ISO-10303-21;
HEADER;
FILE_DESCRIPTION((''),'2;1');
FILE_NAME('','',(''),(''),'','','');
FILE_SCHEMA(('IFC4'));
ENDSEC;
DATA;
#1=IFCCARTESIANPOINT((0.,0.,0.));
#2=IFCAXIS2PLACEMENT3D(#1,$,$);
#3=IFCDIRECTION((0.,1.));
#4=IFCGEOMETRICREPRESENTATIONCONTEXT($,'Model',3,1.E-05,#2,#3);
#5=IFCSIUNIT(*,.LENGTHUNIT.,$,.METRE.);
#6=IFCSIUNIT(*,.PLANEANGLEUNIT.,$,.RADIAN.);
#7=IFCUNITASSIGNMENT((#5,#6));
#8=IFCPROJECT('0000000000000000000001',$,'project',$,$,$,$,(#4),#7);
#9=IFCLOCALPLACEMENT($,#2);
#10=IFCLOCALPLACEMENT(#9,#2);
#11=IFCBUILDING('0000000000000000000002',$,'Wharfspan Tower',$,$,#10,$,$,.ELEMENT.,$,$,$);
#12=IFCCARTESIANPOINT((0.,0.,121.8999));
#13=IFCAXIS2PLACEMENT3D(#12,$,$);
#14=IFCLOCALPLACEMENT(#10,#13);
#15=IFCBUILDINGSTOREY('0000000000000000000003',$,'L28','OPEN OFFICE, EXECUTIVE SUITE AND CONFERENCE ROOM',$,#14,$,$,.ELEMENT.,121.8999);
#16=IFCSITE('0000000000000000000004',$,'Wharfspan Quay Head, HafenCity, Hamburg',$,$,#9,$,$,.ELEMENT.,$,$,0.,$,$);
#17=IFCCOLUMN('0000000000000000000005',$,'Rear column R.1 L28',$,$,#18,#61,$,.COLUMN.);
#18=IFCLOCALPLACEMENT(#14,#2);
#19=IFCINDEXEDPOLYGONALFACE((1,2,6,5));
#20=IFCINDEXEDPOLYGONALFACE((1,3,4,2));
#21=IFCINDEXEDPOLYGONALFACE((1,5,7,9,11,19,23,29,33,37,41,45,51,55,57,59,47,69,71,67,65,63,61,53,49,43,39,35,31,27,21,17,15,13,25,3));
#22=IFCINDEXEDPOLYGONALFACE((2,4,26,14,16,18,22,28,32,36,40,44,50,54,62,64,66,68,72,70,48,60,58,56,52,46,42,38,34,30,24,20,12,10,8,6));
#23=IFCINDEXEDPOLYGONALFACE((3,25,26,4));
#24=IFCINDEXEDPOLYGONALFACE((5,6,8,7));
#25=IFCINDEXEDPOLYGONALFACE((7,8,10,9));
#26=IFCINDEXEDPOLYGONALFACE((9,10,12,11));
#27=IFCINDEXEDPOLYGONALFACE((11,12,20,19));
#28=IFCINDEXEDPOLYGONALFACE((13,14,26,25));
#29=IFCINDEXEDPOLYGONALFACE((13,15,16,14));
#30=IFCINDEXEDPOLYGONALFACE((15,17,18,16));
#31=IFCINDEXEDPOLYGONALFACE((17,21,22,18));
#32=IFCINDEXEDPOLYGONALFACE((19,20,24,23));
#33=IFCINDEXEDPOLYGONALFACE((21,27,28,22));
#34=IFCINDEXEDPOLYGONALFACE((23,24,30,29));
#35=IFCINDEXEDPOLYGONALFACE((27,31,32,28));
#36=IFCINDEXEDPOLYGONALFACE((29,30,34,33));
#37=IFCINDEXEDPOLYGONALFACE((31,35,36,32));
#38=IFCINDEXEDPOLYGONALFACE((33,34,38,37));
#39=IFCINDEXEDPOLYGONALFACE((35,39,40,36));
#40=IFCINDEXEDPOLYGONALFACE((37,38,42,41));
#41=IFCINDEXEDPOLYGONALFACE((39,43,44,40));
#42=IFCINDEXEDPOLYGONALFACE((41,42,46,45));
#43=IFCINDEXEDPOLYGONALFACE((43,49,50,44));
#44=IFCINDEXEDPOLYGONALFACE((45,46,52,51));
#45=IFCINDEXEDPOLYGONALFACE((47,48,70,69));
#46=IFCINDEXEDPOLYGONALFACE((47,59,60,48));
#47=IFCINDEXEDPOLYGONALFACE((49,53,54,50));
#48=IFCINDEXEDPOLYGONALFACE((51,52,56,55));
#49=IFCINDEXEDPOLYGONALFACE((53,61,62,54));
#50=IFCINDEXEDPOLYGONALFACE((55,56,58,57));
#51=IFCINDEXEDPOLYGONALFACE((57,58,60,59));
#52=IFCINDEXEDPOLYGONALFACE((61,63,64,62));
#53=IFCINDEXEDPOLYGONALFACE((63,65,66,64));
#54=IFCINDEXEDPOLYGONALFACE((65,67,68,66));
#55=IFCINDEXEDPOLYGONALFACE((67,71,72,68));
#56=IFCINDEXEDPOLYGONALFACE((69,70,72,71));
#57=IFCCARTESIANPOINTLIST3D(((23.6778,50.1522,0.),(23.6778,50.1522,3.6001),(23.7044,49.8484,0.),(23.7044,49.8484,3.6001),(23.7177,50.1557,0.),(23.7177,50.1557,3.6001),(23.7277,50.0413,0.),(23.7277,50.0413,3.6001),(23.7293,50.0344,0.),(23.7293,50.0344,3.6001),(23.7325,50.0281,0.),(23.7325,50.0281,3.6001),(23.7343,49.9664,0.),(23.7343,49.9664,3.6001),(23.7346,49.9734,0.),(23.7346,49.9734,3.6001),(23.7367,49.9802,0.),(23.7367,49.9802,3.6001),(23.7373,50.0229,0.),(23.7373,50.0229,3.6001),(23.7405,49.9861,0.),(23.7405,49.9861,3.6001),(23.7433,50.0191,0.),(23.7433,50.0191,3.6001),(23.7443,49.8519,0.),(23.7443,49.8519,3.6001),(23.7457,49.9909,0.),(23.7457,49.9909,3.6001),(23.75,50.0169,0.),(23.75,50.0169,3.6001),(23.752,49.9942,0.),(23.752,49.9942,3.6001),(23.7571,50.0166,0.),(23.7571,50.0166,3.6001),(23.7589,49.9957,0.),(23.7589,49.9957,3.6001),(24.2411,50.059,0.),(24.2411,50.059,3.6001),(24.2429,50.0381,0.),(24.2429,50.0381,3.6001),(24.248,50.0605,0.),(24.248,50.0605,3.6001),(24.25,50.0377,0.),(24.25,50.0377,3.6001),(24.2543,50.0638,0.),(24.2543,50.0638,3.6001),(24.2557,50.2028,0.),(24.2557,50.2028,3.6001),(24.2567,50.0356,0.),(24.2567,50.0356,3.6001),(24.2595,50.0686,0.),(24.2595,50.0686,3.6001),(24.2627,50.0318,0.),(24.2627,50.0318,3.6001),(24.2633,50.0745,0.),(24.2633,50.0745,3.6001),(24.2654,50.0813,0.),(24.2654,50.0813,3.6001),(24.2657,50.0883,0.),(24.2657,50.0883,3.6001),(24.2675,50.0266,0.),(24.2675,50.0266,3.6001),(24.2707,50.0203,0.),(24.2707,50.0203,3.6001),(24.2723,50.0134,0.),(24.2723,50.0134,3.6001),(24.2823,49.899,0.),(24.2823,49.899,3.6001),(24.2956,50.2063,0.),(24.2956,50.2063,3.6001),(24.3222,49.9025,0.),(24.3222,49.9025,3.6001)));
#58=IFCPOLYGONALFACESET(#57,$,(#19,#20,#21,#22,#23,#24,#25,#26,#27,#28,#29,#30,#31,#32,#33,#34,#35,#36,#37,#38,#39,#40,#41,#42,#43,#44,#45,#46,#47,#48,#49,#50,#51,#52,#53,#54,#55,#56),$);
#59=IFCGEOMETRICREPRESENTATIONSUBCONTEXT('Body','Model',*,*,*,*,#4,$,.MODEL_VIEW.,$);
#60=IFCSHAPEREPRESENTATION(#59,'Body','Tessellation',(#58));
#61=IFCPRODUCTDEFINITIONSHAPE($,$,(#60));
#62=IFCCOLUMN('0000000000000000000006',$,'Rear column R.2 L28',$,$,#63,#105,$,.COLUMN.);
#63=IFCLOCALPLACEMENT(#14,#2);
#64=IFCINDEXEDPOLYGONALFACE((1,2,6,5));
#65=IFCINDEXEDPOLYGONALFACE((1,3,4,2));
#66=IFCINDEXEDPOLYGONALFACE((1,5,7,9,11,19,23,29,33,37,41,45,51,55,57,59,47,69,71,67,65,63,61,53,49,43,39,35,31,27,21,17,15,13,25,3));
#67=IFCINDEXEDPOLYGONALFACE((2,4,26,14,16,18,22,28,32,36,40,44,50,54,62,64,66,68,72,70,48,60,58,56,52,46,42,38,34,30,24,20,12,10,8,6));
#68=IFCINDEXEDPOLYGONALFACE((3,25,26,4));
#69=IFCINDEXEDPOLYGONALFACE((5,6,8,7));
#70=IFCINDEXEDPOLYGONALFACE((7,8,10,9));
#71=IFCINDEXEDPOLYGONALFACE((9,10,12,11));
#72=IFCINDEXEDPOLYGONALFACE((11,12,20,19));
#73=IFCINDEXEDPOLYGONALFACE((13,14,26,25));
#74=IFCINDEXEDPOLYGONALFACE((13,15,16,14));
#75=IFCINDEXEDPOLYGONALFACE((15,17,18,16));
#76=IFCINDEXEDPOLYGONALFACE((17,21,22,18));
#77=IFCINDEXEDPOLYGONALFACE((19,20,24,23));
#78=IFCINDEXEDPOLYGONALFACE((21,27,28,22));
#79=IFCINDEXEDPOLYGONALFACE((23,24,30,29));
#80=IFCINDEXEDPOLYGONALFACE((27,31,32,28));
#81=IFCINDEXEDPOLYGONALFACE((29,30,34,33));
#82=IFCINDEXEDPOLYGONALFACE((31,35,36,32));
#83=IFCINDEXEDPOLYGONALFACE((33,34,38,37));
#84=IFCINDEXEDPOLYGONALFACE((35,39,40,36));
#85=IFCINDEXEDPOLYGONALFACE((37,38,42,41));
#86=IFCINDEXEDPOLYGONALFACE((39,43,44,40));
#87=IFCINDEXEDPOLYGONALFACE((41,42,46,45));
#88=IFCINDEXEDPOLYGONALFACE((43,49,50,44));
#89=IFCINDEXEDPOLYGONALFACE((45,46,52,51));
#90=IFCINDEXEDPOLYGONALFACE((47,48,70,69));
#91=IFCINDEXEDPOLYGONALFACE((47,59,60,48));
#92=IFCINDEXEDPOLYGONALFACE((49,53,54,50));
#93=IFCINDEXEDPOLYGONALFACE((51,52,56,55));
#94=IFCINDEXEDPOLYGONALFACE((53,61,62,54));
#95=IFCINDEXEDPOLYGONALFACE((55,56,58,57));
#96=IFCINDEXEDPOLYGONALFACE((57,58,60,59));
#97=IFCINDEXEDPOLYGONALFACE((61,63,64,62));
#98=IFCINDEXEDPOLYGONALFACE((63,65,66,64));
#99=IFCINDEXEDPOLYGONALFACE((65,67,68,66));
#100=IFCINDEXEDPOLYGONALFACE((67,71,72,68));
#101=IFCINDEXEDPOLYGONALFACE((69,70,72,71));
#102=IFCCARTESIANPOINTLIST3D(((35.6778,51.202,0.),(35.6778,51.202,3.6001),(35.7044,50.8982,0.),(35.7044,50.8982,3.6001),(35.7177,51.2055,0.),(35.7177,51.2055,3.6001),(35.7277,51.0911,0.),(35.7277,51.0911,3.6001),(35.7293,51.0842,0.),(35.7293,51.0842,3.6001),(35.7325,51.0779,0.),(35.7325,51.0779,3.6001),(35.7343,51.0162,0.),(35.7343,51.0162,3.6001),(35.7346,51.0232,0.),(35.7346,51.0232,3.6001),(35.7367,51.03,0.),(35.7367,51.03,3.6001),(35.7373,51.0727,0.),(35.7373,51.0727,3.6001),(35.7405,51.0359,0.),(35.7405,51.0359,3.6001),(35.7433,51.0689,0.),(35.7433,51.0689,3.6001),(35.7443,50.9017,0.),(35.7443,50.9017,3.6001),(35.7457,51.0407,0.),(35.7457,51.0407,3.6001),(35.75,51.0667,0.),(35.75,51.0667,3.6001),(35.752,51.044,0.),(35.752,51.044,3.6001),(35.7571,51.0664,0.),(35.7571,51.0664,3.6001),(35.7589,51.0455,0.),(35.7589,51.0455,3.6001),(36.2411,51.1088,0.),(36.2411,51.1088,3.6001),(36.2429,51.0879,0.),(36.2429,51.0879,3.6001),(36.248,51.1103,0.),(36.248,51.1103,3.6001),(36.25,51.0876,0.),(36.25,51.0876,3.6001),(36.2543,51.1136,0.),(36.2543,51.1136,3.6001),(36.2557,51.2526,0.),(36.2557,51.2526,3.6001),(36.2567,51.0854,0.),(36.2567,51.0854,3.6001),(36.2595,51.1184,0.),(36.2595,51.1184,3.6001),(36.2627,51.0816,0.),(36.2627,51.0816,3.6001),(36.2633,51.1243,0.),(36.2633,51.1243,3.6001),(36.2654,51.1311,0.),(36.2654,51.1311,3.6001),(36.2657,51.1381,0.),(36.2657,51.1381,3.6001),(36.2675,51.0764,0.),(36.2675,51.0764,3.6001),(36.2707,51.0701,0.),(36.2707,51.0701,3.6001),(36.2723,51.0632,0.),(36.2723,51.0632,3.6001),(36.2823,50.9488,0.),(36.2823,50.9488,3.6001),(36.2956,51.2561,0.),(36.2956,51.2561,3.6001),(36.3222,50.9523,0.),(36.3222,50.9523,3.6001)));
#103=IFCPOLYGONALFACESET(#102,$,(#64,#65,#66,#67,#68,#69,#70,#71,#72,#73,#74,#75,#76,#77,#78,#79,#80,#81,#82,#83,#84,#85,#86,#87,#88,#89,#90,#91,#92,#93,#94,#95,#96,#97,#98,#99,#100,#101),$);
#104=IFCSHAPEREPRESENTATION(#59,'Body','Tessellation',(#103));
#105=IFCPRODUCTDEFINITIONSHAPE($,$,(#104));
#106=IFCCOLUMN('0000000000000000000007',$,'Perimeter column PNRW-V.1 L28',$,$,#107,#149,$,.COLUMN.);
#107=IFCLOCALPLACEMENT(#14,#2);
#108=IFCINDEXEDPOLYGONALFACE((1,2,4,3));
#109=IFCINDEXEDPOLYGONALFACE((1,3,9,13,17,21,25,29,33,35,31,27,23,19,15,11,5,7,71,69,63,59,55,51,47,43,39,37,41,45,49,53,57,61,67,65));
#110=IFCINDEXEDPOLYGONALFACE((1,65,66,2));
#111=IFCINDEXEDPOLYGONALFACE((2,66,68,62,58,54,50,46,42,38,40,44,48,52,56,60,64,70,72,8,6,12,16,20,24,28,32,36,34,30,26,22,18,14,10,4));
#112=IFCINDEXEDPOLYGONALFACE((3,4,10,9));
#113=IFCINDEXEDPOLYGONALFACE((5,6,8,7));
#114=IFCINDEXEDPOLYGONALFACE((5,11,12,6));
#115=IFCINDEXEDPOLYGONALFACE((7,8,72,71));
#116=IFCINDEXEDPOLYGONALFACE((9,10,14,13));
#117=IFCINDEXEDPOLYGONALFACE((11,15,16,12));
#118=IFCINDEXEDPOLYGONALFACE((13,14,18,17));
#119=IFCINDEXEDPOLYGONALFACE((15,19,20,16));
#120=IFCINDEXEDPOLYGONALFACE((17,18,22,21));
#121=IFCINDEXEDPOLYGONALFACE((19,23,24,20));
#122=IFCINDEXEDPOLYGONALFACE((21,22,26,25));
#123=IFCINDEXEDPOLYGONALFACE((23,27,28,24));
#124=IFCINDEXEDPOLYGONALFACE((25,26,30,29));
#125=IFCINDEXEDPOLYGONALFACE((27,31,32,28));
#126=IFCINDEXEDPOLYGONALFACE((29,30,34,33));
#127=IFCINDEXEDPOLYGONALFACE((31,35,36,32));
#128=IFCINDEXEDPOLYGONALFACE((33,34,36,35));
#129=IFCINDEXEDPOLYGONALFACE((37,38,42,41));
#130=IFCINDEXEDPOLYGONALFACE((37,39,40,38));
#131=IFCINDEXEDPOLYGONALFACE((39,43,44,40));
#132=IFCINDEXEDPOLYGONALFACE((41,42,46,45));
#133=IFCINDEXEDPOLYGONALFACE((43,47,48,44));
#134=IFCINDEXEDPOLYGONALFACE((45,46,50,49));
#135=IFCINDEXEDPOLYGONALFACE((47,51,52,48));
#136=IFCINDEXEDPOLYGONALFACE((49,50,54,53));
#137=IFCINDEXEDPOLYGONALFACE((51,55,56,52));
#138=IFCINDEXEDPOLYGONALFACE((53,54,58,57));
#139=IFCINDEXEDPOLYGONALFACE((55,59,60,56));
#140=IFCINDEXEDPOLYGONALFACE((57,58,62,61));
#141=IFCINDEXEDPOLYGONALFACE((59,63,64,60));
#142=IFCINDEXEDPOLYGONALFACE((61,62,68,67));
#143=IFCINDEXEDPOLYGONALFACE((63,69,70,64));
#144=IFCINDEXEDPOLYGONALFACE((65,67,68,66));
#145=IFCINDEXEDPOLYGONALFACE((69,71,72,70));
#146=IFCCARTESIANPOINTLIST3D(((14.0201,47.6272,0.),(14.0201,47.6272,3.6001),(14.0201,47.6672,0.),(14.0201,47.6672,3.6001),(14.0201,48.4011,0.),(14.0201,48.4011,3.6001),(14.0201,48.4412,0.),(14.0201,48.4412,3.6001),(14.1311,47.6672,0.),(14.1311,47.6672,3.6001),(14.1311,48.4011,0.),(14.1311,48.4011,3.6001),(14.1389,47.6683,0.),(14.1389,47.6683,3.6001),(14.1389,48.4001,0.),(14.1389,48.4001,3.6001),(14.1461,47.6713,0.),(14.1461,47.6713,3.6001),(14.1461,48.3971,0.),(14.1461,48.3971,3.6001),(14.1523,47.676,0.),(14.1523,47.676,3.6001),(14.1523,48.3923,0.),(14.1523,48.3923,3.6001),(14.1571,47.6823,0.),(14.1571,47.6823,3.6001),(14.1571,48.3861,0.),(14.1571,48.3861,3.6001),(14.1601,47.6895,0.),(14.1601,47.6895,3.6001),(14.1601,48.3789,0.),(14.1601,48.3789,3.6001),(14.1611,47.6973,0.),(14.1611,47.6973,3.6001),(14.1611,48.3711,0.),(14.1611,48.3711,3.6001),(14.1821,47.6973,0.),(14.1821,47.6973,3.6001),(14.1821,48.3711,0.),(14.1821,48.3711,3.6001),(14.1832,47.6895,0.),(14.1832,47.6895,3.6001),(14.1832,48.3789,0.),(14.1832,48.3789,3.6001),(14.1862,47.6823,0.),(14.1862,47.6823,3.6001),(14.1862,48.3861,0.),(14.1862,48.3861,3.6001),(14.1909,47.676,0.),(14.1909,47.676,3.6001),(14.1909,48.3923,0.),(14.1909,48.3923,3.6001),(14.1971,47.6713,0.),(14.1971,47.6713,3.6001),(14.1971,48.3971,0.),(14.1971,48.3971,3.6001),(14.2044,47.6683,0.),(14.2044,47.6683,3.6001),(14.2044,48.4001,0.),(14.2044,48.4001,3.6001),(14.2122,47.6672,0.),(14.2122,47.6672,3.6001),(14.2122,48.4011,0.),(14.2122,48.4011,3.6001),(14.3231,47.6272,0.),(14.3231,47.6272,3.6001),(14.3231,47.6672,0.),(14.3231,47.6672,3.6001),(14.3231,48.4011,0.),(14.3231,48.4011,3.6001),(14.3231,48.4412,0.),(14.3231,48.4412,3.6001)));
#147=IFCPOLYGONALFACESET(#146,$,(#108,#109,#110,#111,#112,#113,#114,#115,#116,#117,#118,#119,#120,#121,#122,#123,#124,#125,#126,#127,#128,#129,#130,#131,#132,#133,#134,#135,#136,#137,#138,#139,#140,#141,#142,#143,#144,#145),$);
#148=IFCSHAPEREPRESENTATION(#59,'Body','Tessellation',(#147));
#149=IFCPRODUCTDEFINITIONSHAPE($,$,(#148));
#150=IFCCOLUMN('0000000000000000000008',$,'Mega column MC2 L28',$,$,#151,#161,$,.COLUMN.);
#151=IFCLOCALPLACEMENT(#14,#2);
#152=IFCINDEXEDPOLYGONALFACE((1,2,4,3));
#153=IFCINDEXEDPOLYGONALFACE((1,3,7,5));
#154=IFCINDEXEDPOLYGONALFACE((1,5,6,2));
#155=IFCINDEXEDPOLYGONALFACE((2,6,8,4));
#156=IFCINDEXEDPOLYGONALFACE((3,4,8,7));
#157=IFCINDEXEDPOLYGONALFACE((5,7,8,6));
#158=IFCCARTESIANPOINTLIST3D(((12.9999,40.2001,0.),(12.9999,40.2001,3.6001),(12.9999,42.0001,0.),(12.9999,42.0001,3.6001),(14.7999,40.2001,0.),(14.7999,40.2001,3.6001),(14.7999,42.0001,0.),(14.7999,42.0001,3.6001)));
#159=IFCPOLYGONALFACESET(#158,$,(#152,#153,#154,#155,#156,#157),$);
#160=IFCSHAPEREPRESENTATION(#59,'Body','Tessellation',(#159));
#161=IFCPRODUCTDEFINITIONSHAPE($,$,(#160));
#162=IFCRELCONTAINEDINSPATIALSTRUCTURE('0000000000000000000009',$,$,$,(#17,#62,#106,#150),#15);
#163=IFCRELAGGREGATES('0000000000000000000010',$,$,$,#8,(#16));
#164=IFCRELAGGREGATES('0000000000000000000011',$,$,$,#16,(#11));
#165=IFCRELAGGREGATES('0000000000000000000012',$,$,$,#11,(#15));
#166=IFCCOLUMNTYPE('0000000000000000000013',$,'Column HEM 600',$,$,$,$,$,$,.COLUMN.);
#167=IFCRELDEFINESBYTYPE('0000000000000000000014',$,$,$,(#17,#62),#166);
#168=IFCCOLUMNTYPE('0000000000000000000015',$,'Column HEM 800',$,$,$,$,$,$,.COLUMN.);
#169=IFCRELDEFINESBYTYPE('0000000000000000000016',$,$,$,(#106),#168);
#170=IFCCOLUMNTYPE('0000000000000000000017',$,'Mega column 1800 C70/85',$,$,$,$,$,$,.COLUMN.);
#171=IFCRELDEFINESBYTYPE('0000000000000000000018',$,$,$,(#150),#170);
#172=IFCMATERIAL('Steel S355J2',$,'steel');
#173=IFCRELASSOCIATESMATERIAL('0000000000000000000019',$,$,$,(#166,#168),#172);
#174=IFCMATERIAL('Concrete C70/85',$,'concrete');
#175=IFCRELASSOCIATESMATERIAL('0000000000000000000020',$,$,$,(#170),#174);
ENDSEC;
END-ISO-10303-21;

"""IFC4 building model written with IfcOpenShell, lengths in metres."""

from ifc_helpers import new_model, si_unit, direction, frame, origin, origin_2d, place, context, subcontext, project, spatial, rectangle, i_section, extrude, material, material_profile, profile_set, type_object, element, save


model = new_model("IFC4")

# Units and contexts
model_context = context("Model", 3, precision=1e-05, world=origin(), true_north=direction((0.0, 1.0)))
body_context = subcontext(model_context, "Body", "Model", "MODEL_VIEW")
ifc_project = project(units=[si_unit("LENGTHUNIT", "METRE"), si_unit("PLANEANGLEUNIT", "RADIAN")], contexts=[model_context])

# Site, building, storey
site_placement = place(None, origin())
site = spatial("IfcSite", under=ifc_project, at=site_placement, Name="Wharfspan Quay Head, HafenCity, Hamburg", CompositionType="ELEMENT", RefElevation=0.0)
building_placement = place(site_placement, origin())
building = spatial("IfcBuilding", under=site, at=building_placement, Name="Wharfspan Tower", CompositionType="ELEMENT")
storey_placement = place(building_placement, frame((0.0, 0.0, 121.8999)))
storey = spatial("IfcBuildingStorey", under=building, at=storey_placement, Name="L28", Description="OPEN OFFICE, EXECUTIVE SUITE AND CONFERENCE ROOM", CompositionType="ELEMENT", Elevation=121.8999)

# Columns
ifc_material_1 = material(Name="Steel S355J2", Category="steel")
ifc_material_profile_1 = material_profile(ifc_material_1, i_section(OverallWidth=0.3049, OverallDepth=0.6201, WebThickness=0.021, FlangeThickness=0.04, FilletRadius=0.0271, at=origin_2d()))
ifc_profile_set_1 = profile_set([ifc_material_profile_1], Name="Steel S355J2")
column_type_1 = type_object("IfcColumnType", Name="Column HEM 600", PredefinedType="COLUMN", material=ifc_profile_set_1)
for number, where, z_axis, x_axis, name in (
    (1, (24.0, 50.0273, 0.0), (0.0, 0.0, 1.0), (-0.087156, 0.996198, 0.0), "Rear column R.1 L28"),
    (2, (36.0, 51.0771, 0.0), (0.0, 0.0, 1.0), (-0.087156, 0.996198, 0.0), "Rear column R.2 L28"),
):
    element("IfcColumn", number, at=place(storey_placement, frame(where, z_axis=z_axis, x_axis=x_axis)), inside=storey, type_object=column_type_1, Name=name, PredefinedType="COLUMN", context=body_context, shape_type="SweptSolid", body=[
        extrude(i_section(OverallWidth=0.3049, OverallDepth=0.6201, WebThickness=0.021, FlangeThickness=0.04, FilletRadius=0.0271, at=origin_2d()), origin(), (0.0, 0.0, 1.0), 3.6001),
    ])
ifc_material_profile_2 = material_profile(ifc_material_1, i_section(OverallWidth=0.303, OverallDepth=0.814, WebThickness=0.021, FlangeThickness=0.04, FilletRadius=0.03, at=origin_2d()))
ifc_profile_set_2 = profile_set([ifc_material_profile_2], Name="Steel S355J2")
column_type_2 = type_object("IfcColumnType", Name="Column HEM 800", PredefinedType="COLUMN", material=ifc_profile_set_2)
column_1_placement = place(storey_placement, frame((14.1716, 48.0342, 0.0), z_axis=(0.0, 0.0, 1.0), x_axis=(-1.0, 0.0, 0.0)))
element("IfcColumn", 3, at=column_1_placement, inside=storey, type_object=column_type_2, Name="Perimeter column PNRW-V.1 L28", PredefinedType="COLUMN", context=body_context, shape_type="SweptSolid", body=[
    extrude(i_section(OverallWidth=0.303, OverallDepth=0.814, WebThickness=0.021, FlangeThickness=0.04, FilletRadius=0.03, at=origin_2d()), origin(), (0.0, 0.0, 1.0), 3.6001),
])
ifc_material_2 = material(Name="Concrete C70/85", Category="concrete")
ifc_material_profile_3 = material_profile(ifc_material_2, rectangle(XDim=1.8, YDim=1.8, at=origin_2d()))
ifc_profile_set_3 = profile_set([ifc_material_profile_3], Name="Concrete C70/85")
column_type_3 = type_object("IfcColumnType", Name="Mega column 1800 C70/85", PredefinedType="COLUMN", material=ifc_profile_set_3)
column_2_placement = place(storey_placement, frame((13.8999, 41.1001, 0.0), z_axis=(0.0, 0.0, 1.0), x_axis=(1.0, 0.0, 0.0)))
element("IfcColumn", 4, at=column_2_placement, inside=storey, type_object=column_type_3, Name="Mega column MC2 L28", PredefinedType="COLUMN", context=body_context, shape_type="SweptSolid", body=[
    extrude(rectangle(XDim=1.8, YDim=1.8, at=origin_2d()), origin(), (0.0, 0.0, 1.0), 3.6001),
])

save(model, "model.ifc")
